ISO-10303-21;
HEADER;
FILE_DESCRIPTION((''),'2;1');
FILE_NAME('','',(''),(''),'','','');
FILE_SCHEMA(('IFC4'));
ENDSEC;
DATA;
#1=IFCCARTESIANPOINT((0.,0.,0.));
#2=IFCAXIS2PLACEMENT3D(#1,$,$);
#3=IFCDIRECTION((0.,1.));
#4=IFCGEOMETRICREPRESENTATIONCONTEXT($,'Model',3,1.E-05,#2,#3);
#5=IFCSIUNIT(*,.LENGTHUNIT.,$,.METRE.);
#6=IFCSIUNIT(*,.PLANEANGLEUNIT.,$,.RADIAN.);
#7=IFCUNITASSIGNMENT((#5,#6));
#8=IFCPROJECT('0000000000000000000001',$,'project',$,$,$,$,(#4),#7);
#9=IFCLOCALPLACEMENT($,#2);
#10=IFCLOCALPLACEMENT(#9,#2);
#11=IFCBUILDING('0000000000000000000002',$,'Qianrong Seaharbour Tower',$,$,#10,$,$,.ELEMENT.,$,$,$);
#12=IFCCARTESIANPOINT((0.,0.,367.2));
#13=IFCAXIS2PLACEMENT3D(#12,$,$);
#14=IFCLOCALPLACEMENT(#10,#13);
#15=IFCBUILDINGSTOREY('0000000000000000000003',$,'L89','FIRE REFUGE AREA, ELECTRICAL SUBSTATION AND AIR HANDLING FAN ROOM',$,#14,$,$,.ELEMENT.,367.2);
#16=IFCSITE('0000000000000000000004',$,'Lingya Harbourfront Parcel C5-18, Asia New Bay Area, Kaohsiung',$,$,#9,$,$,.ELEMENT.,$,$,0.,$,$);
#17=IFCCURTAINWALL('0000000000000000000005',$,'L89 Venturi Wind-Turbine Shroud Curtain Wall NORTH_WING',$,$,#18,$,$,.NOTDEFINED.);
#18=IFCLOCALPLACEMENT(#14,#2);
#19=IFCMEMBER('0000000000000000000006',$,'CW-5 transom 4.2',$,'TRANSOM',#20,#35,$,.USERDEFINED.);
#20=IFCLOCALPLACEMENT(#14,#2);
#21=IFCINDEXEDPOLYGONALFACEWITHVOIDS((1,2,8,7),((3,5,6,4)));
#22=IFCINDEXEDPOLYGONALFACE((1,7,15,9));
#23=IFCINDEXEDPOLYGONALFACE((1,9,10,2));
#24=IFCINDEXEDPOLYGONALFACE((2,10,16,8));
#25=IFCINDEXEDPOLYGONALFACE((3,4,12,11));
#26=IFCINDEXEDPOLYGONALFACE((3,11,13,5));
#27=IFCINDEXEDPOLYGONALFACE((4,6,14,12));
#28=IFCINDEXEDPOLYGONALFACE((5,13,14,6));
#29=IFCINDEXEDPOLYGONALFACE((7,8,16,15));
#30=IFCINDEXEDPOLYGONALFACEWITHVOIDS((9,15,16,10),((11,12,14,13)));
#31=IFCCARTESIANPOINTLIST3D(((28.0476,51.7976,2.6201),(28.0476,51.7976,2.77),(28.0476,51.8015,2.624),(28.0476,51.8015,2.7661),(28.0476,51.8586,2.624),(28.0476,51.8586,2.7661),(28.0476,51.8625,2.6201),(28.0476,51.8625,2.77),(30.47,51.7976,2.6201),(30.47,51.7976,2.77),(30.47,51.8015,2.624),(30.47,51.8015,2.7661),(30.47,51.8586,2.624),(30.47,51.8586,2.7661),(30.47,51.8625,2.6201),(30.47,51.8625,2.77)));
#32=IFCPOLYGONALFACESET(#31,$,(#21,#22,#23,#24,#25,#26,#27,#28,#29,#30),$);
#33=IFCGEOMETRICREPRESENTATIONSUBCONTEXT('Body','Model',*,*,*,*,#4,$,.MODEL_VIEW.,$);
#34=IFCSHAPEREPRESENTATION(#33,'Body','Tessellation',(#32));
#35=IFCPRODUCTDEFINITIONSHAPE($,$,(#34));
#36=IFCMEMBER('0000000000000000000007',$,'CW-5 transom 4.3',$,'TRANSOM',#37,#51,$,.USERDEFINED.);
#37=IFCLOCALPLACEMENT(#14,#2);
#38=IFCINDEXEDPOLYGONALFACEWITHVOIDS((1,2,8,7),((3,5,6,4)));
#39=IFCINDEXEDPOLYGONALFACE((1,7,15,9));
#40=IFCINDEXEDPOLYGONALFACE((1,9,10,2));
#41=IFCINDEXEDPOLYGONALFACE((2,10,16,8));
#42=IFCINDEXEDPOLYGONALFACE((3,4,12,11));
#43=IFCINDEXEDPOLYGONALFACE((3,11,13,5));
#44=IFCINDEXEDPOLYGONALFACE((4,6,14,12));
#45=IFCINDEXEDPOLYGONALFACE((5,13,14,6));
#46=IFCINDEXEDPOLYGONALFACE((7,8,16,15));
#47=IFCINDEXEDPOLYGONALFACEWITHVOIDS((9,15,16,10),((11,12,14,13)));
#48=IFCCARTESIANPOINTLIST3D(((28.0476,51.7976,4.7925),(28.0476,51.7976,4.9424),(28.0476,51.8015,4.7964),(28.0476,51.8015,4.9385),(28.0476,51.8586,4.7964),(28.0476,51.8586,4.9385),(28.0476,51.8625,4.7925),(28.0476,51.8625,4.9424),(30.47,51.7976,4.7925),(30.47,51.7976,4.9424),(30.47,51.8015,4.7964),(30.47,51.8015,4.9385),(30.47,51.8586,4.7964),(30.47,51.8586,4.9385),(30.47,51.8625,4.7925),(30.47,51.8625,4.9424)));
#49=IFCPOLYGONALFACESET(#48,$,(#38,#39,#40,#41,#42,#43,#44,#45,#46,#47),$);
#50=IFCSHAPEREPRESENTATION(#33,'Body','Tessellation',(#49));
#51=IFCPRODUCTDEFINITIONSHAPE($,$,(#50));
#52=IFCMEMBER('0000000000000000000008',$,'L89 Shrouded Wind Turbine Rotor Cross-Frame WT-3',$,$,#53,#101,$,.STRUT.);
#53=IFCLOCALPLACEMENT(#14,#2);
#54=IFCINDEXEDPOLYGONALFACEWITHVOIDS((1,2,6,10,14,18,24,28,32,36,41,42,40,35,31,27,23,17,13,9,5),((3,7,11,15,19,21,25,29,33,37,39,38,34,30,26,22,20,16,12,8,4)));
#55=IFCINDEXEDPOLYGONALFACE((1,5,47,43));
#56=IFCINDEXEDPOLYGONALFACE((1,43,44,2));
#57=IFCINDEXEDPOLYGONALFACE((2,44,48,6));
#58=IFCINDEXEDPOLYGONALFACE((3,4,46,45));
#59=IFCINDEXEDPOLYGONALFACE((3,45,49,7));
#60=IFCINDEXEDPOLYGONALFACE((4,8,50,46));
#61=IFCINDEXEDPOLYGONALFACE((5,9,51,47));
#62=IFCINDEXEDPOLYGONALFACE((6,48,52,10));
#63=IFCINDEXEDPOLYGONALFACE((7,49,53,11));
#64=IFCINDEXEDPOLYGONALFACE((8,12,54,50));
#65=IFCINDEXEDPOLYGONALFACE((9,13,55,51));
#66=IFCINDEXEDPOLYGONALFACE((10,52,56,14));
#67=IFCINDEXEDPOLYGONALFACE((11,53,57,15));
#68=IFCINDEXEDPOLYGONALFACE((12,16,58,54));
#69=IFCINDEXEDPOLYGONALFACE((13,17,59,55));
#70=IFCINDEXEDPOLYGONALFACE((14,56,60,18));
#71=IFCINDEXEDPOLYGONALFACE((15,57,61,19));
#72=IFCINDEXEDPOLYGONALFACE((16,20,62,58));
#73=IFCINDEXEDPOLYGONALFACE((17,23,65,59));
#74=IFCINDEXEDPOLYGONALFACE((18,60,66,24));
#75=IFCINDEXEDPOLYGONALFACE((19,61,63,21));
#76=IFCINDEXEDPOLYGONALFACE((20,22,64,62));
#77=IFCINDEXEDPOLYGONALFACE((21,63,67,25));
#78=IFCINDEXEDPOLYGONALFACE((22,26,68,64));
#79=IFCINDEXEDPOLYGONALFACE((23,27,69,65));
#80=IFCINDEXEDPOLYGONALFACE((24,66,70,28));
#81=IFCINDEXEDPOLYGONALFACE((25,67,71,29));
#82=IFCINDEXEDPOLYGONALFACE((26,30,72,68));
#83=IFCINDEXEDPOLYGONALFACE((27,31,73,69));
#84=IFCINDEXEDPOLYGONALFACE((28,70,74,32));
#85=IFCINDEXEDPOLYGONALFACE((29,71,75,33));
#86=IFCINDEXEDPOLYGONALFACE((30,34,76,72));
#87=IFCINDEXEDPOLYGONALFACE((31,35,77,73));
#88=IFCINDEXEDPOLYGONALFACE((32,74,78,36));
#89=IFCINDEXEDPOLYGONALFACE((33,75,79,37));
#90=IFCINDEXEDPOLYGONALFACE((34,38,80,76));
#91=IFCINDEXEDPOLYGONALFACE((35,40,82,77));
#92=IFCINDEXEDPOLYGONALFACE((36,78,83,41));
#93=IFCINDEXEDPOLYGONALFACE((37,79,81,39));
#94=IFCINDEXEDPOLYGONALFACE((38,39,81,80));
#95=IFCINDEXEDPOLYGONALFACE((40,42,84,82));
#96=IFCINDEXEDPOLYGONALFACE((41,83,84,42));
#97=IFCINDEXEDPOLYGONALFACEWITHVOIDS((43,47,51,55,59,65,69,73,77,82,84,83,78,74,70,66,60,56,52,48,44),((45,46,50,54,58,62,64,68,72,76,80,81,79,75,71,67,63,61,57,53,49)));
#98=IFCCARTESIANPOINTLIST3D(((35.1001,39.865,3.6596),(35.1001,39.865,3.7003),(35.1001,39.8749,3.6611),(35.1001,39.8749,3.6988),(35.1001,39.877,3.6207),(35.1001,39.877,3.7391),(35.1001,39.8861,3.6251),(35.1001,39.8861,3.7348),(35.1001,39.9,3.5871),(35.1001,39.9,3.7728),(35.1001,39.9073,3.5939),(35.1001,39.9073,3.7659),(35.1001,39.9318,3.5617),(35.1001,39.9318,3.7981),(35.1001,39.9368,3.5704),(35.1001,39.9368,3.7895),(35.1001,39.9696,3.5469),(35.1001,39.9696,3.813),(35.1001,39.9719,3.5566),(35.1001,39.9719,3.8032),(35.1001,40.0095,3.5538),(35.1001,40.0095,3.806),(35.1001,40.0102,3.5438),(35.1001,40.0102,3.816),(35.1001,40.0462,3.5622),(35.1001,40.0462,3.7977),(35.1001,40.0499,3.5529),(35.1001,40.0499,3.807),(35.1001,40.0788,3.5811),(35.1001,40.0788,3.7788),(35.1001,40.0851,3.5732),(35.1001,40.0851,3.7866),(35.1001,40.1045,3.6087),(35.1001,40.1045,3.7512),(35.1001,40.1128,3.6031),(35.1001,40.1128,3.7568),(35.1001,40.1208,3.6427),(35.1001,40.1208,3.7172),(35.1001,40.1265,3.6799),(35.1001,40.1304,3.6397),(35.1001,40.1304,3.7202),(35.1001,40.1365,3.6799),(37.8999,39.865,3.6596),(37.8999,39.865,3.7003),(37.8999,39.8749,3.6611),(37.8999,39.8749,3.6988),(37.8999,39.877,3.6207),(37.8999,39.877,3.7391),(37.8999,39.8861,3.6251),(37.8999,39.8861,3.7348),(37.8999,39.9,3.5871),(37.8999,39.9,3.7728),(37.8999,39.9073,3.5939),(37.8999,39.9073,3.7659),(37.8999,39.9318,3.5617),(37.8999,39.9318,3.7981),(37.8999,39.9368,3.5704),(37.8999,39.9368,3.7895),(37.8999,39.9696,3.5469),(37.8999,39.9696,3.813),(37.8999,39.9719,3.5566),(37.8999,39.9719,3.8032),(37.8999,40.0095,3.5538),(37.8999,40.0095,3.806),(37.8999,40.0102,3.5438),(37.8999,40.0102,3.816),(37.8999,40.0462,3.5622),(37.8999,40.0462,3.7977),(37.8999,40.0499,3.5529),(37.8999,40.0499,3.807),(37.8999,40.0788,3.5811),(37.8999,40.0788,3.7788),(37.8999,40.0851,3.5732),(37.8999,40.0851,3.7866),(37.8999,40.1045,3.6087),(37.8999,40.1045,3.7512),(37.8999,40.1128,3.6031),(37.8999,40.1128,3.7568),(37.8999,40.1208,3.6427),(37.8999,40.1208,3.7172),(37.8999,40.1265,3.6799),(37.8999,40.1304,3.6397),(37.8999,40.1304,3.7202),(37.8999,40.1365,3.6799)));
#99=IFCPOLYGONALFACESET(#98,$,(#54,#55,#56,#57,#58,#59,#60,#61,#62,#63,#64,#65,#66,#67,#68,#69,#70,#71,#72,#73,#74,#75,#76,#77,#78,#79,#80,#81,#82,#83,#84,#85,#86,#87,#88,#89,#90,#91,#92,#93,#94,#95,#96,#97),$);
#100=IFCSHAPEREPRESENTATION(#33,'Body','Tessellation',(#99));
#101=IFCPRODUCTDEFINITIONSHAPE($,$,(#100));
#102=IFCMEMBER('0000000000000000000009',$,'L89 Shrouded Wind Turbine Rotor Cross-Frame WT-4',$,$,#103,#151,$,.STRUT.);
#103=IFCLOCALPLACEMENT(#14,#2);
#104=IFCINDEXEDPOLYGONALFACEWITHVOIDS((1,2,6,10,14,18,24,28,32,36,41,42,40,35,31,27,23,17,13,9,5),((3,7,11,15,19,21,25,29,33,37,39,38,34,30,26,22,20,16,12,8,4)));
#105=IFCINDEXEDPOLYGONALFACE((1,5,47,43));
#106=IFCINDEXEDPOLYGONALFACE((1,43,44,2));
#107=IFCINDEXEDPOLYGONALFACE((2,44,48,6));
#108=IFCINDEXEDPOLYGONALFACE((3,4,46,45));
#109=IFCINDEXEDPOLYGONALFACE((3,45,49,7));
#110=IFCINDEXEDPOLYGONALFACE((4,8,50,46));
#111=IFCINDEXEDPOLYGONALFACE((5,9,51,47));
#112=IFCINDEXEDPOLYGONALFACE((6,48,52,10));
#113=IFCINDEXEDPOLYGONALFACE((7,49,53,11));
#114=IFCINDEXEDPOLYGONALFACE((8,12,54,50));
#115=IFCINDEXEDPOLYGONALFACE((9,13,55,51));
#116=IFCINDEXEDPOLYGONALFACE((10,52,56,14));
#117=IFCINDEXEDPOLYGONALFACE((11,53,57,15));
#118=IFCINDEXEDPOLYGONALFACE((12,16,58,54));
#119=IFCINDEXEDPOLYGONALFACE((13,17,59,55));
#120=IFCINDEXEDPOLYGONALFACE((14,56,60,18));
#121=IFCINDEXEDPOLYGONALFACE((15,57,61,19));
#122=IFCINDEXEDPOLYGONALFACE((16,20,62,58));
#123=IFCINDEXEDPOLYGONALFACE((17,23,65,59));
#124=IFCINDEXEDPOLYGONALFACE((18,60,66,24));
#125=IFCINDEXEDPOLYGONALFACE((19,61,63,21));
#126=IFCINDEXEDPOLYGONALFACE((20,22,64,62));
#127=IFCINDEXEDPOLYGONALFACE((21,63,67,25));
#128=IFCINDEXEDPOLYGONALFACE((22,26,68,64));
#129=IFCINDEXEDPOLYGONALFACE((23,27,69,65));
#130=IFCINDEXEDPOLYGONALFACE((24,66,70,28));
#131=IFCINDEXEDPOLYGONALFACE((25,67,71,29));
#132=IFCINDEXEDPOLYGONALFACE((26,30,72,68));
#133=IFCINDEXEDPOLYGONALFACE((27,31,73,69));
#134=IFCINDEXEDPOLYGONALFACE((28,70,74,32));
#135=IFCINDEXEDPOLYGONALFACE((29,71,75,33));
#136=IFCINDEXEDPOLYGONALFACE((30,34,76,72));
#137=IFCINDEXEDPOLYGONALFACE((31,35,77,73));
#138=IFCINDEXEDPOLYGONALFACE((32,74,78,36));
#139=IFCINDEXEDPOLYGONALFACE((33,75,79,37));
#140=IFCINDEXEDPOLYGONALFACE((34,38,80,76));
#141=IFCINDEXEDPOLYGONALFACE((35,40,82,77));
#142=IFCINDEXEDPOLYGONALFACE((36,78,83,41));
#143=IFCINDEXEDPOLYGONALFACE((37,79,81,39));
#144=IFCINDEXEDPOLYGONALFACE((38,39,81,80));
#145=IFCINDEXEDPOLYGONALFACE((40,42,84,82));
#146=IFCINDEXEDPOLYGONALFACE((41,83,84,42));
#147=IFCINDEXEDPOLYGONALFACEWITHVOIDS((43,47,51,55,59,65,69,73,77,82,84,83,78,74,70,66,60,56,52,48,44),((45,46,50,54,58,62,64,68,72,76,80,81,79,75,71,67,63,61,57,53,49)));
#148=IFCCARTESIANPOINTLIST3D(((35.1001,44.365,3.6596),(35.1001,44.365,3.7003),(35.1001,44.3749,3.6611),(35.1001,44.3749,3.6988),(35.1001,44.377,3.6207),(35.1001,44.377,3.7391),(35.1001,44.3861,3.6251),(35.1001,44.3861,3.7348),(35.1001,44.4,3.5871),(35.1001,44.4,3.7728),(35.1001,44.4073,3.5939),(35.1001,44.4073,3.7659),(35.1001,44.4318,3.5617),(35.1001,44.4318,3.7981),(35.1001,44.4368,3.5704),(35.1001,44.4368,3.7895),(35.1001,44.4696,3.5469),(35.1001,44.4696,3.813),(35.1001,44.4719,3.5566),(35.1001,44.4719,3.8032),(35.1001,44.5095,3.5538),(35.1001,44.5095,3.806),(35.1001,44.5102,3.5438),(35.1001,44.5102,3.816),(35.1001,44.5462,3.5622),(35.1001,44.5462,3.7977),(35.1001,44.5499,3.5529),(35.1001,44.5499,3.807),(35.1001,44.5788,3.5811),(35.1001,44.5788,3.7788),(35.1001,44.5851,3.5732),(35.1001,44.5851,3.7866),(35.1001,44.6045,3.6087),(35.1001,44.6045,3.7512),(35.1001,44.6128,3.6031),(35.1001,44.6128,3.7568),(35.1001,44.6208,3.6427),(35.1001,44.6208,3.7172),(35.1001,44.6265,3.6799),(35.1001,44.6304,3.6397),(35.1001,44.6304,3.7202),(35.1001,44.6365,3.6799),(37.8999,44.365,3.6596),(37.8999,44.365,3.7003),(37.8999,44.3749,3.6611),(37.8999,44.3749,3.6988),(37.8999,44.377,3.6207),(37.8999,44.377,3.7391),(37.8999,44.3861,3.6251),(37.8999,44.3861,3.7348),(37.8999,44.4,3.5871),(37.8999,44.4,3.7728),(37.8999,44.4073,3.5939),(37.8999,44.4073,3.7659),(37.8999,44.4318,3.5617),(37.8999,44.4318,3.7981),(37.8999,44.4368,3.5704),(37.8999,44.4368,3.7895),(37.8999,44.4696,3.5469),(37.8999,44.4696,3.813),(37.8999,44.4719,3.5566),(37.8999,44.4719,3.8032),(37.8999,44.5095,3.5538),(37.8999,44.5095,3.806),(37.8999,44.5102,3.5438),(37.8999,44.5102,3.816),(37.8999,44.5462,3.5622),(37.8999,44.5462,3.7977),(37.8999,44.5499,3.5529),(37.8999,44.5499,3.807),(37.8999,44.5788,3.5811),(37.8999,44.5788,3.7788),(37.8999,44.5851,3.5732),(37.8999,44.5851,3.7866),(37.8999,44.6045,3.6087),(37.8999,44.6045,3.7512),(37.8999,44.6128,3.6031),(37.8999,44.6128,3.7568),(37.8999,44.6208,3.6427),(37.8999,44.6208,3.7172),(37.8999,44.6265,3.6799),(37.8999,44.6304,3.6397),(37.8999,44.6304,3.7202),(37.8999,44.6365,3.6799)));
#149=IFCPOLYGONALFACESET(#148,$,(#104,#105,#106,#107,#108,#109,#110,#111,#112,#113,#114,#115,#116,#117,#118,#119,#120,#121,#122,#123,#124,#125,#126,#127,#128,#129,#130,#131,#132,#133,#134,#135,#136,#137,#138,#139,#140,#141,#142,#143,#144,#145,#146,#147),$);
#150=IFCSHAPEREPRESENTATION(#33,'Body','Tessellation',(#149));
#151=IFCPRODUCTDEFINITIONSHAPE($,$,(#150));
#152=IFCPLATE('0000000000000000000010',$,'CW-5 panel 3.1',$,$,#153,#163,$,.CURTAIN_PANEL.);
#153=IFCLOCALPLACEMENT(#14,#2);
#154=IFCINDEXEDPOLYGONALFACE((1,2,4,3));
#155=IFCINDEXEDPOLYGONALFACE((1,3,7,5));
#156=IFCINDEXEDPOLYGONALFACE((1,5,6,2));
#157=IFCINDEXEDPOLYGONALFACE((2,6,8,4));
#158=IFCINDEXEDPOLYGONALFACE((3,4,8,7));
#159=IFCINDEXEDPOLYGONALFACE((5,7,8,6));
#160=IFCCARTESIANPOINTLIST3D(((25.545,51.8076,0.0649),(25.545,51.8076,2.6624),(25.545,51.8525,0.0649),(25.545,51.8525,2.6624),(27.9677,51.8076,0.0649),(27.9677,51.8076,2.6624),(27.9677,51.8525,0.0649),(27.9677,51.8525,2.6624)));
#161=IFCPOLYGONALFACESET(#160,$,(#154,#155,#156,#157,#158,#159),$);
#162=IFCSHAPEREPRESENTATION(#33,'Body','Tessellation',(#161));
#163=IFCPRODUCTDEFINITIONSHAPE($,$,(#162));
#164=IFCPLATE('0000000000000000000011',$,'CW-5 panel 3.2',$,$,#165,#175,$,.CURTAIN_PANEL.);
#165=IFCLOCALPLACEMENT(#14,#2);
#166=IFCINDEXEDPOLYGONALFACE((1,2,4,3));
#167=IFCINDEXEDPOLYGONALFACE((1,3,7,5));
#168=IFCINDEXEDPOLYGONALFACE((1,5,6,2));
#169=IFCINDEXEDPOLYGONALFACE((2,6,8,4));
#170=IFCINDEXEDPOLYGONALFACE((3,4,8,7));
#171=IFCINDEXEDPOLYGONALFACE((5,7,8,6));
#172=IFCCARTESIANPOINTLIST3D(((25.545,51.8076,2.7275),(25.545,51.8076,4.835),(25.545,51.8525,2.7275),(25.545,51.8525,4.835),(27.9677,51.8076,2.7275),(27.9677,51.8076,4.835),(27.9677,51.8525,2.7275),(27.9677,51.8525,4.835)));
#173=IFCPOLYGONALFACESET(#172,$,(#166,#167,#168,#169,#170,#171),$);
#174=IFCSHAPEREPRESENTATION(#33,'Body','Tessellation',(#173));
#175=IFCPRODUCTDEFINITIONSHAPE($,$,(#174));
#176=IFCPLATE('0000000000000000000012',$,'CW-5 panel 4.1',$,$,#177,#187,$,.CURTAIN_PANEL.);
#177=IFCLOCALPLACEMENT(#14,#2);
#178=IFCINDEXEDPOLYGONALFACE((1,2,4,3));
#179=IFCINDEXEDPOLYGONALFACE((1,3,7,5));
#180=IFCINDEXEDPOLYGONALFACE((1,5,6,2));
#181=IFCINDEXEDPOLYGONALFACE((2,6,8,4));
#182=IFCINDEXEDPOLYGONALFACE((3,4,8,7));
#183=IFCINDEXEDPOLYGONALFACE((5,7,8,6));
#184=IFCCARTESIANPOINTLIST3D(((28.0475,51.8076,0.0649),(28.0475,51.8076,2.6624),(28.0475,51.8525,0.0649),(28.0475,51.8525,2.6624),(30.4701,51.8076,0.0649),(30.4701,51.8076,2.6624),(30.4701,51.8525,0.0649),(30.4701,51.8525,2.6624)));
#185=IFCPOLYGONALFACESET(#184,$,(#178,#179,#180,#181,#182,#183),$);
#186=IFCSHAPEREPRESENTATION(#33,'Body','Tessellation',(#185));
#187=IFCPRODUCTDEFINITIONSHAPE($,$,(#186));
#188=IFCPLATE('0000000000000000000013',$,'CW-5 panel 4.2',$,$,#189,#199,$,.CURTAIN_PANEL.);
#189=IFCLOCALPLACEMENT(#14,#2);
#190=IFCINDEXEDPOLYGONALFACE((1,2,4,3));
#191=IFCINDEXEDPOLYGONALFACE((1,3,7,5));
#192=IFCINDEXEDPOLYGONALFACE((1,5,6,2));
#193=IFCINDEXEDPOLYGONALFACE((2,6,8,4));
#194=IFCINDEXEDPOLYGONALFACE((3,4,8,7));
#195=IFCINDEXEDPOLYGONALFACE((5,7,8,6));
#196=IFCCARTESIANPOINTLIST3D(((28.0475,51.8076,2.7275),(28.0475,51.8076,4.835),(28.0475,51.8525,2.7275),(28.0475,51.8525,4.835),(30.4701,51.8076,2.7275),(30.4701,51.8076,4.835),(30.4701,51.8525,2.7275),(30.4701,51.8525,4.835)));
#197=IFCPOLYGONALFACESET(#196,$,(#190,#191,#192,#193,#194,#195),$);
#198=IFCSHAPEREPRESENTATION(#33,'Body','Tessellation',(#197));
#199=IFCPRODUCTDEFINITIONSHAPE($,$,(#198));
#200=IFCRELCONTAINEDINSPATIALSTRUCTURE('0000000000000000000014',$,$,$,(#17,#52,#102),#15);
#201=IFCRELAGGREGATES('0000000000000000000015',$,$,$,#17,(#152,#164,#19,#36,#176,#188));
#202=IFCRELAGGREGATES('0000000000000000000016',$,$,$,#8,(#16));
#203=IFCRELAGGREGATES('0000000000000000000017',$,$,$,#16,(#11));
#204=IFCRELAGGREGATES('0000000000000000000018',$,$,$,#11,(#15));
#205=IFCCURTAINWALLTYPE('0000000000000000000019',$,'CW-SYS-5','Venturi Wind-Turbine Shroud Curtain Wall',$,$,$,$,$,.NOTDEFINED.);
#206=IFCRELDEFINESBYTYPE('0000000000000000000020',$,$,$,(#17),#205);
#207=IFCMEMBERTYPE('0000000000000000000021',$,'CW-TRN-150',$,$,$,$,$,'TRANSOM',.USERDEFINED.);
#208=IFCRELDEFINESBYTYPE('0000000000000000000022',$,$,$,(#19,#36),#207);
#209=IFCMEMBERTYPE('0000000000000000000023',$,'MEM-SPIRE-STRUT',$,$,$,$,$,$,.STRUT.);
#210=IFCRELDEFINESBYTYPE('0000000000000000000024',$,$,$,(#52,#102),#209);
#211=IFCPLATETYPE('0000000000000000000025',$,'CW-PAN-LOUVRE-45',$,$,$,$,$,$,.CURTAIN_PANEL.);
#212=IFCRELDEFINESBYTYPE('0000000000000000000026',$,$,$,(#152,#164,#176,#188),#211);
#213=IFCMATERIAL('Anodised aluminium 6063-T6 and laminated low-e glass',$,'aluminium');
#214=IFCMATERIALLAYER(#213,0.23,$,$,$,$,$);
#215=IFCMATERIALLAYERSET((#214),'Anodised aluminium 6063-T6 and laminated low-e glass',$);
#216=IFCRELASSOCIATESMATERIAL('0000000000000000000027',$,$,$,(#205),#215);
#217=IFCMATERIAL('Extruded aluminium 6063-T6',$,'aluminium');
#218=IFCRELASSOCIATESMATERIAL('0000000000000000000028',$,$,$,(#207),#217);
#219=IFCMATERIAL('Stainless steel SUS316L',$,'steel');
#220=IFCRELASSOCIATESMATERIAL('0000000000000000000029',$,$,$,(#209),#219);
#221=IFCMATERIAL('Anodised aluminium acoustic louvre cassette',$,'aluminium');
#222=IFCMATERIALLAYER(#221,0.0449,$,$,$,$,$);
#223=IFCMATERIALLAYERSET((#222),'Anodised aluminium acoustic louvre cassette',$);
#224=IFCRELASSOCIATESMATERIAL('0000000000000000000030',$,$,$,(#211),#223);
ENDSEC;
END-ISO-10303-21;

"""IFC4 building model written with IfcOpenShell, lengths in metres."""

from ifc_helpers import new_model, si_unit, direction, frame, origin, origin_2d, place, context, subcontext, project, spatial, rectangle, hollow_rectangle, hollow_circle, extrude, material, layer, layer_set, material_profile, profile_set, type_object, element, aggregate, save


model = new_model("IFC4")

# Units and contexts
model_context = context("Model", 3, precision=1e-05, world=origin(), true_north=direction((0.0, 1.0)))
body_context = subcontext(model_context, "Body", "Model", "MODEL_VIEW")
ifc_project = project(units=[si_unit("LENGTHUNIT", "METRE"), si_unit("PLANEANGLEUNIT", "RADIAN")], contexts=[model_context])

# Site, building, storey
site_placement = place(None, origin())
site = spatial("IfcSite", under=ifc_project, at=site_placement, Name="Lingya Harbourfront Parcel C5-18, Asia New Bay Area, Kaohsiung", CompositionType="ELEMENT", RefElevation=0.0)
building_placement = place(site_placement, origin())
building = spatial("IfcBuilding", under=site, at=building_placement, Name="Qianrong Seaharbour Tower", CompositionType="ELEMENT")
storey_placement = place(building_placement, frame((0.0, 0.0, 367.2)))
storey = spatial("IfcBuildingStorey", under=building, at=storey_placement, Name="L89", Description="FIRE REFUGE AREA, ELECTRICAL SUBSTATION AND AIR HANDLING FAN ROOM", CompositionType="ELEMENT", Elevation=367.2)

# Curtain wall, members
ifc_material_1 = material(Name="Anodised aluminium 6063-T6 and laminated low-e glass", Category="aluminium")
ifc_layer_1 = layer(ifc_material_1, 0.23)
ifc_layer_set_1 = layer_set([ifc_layer_1], Name="Anodised aluminium 6063-T6 and laminated low-e glass")
curtain_wall_type = type_object("IfcCurtainWallType", Name="CW-SYS-5", Description="Venturi Wind-Turbine Shroud Curtain Wall", PredefinedType="NOTDEFINED", material=ifc_layer_set_1)
curtain_wall_placement = place(storey_placement, origin())
curtain_wall = element("IfcCurtainWall", 1, at=curtain_wall_placement, inside=storey, type_object=curtain_wall_type, Name="L89 Venturi Wind-Turbine Shroud Curtain Wall NORTH_WING", PredefinedType="NOTDEFINED")
ifc_material_2 = material(Name="Extruded aluminium 6063-T6", Category="aluminium")
ifc_material_profile_1 = material_profile(ifc_material_2, hollow_rectangle(XDim=0.0649, YDim=0.1499, WallThickness=0.0039, at=origin_2d()), Name="ALU-TRN-150x65x4")
ifc_profile_set_1 = profile_set([ifc_material_profile_1], Name="Extruded aluminium 6063-T6")
member_type_1 = type_object("IfcMemberType", Name="CW-TRN-150", ElementType="TRANSOM", PredefinedType="USERDEFINED", material=ifc_profile_set_1)
member_1_placement = place(storey_placement, frame((28.0476, 51.8301, 2.6951), z_axis=(1.0, 0.0, 0.0), x_axis=(0.0, 1.0, 0.0)))
member_1 = element("IfcMember", 2, at=member_1_placement, type_object=member_type_1, Name="CW-5 transom 4.2", ObjectType="TRANSOM", PredefinedType="USERDEFINED", context=body_context, shape_type="SweptSolid", body=[
    extrude(hollow_rectangle(XDim=0.0649, YDim=0.1499, WallThickness=0.0039, at=origin_2d()), origin(), (0.0, 0.0, 1.0), 2.4224),
])
member_2_placement = place(storey_placement, frame((28.0476, 51.8301, 4.8674), z_axis=(1.0, 0.0, 0.0), x_axis=(0.0, 1.0, 0.0)))
member_2 = element("IfcMember", 3, at=member_2_placement, type_object=member_type_1, Name="CW-5 transom 4.3", ObjectType="TRANSOM", PredefinedType="USERDEFINED", context=body_context, shape_type="SweptSolid", body=[
    extrude(hollow_rectangle(XDim=0.0649, YDim=0.1499, WallThickness=0.0039, at=origin_2d()), origin(), (0.0, 0.0, 1.0), 2.4224),
])

# Members
ifc_material_3 = material(Name="Stainless steel SUS316L", Category="steel")
ifc_material_profile_2 = material_profile(ifc_material_3, hollow_circle(Radius=0.1365, WallThickness=0.01, at=origin_2d()), Name="CHS273.0x10")
ifc_profile_set_2 = profile_set([ifc_material_profile_2], Name="Stainless steel SUS316L")
member_type_2 = type_object("IfcMemberType", Name="MEM-SPIRE-STRUT", PredefinedType="STRUT", material=ifc_profile_set_2)
for number, where, z_axis, x_axis, name in (
    (4, (35.1001, 40.0, 3.6799), (1.0, 0.0, 0.0), (0.0, 1.0, 0.0), "L89 Shrouded Wind Turbine Rotor Cross-Frame WT-3"),
    (5, (35.1001, 44.5, 3.6799), (1.0, 0.0, 0.0), (0.0, 1.0, 0.0), "L89 Shrouded Wind Turbine Rotor Cross-Frame WT-4"),
):
    element("IfcMember", number, at=place(storey_placement, frame(where, z_axis=z_axis, x_axis=x_axis)), inside=storey, type_object=member_type_2, Name=name, PredefinedType="STRUT", context=body_context, shape_type="SweptSolid", body=[
        extrude(hollow_circle(Radius=0.1365, WallThickness=0.01, at=origin_2d()), origin(), (0.0, 0.0, 1.0), 2.7998),
    ])

# Plates
ifc_material_4 = material(Name="Anodised aluminium acoustic louvre cassette", Category="aluminium")
ifc_layer_2 = layer(ifc_material_4, 0.0449)
ifc_layer_set_2 = layer_set([ifc_layer_2], Name="Anodised aluminium acoustic louvre cassette")
plate_type_1 = type_object("IfcPlateType", Name="CW-PAN-LOUVRE-45", PredefinedType="CURTAIN_PANEL", material=ifc_layer_set_2)
plate_1_placement = place(storey_placement, frame((26.7563, 51.8301, 0.0649), z_axis=(0.0, 0.0, 1.0), x_axis=(1.0, 0.0, 0.0)))
plate_1 = element("IfcPlate", 6, at=plate_1_placement, type_object=plate_type_1, Name="CW-5 panel 3.1", PredefinedType="CURTAIN_PANEL", context=body_context, shape_type="SweptSolid", body=[
    extrude(rectangle(XDim=2.4226, YDim=0.0449, at=origin_2d()), origin(), (0.0, 0.0, 1.0), 2.5974),
])
plate_2_placement = place(storey_placement, frame((26.7563, 51.8301, 2.7275), z_axis=(0.0, 0.0, 1.0), x_axis=(1.0, 0.0, 0.0)))
plate_2 = element("IfcPlate", 7, at=plate_2_placement, type_object=plate_type_1, Name="CW-5 panel 3.2", PredefinedType="CURTAIN_PANEL", context=body_context, shape_type="SweptSolid", body=[
    extrude(rectangle(XDim=2.4226, YDim=0.0449, at=origin_2d()), origin(), (0.0, 0.0, 1.0), 2.1074),
])
plate_3_placement = place(storey_placement, frame((29.2588, 51.8301, 0.0649), z_axis=(0.0, 0.0, 1.0), x_axis=(1.0, 0.0, 0.0)))
plate_3 = element("IfcPlate", 8, at=plate_3_placement, type_object=plate_type_1, Name="CW-5 panel 4.1", PredefinedType="CURTAIN_PANEL", context=body_context, shape_type="SweptSolid", body=[
    extrude(rectangle(XDim=2.4226, YDim=0.0449, at=origin_2d()), origin(), (0.0, 0.0, 1.0), 2.5974),
])
plate_4_placement = place(storey_placement, frame((29.2588, 51.8301, 2.7275), z_axis=(0.0, 0.0, 1.0), x_axis=(1.0, 0.0, 0.0)))
plate_4 = element("IfcPlate", 9, at=plate_4_placement, type_object=plate_type_1, Name="CW-5 panel 4.2", PredefinedType="CURTAIN_PANEL", context=body_context, shape_type="SweptSolid", body=[
    extrude(rectangle(XDim=2.4226, YDim=0.0449, at=origin_2d()), origin(), (0.0, 0.0, 1.0), 2.1074),
])
aggregate(curtain_wall, [plate_1, plate_2, member_1, member_2, plate_3, plate_4])

save(model, "model.ifc")
